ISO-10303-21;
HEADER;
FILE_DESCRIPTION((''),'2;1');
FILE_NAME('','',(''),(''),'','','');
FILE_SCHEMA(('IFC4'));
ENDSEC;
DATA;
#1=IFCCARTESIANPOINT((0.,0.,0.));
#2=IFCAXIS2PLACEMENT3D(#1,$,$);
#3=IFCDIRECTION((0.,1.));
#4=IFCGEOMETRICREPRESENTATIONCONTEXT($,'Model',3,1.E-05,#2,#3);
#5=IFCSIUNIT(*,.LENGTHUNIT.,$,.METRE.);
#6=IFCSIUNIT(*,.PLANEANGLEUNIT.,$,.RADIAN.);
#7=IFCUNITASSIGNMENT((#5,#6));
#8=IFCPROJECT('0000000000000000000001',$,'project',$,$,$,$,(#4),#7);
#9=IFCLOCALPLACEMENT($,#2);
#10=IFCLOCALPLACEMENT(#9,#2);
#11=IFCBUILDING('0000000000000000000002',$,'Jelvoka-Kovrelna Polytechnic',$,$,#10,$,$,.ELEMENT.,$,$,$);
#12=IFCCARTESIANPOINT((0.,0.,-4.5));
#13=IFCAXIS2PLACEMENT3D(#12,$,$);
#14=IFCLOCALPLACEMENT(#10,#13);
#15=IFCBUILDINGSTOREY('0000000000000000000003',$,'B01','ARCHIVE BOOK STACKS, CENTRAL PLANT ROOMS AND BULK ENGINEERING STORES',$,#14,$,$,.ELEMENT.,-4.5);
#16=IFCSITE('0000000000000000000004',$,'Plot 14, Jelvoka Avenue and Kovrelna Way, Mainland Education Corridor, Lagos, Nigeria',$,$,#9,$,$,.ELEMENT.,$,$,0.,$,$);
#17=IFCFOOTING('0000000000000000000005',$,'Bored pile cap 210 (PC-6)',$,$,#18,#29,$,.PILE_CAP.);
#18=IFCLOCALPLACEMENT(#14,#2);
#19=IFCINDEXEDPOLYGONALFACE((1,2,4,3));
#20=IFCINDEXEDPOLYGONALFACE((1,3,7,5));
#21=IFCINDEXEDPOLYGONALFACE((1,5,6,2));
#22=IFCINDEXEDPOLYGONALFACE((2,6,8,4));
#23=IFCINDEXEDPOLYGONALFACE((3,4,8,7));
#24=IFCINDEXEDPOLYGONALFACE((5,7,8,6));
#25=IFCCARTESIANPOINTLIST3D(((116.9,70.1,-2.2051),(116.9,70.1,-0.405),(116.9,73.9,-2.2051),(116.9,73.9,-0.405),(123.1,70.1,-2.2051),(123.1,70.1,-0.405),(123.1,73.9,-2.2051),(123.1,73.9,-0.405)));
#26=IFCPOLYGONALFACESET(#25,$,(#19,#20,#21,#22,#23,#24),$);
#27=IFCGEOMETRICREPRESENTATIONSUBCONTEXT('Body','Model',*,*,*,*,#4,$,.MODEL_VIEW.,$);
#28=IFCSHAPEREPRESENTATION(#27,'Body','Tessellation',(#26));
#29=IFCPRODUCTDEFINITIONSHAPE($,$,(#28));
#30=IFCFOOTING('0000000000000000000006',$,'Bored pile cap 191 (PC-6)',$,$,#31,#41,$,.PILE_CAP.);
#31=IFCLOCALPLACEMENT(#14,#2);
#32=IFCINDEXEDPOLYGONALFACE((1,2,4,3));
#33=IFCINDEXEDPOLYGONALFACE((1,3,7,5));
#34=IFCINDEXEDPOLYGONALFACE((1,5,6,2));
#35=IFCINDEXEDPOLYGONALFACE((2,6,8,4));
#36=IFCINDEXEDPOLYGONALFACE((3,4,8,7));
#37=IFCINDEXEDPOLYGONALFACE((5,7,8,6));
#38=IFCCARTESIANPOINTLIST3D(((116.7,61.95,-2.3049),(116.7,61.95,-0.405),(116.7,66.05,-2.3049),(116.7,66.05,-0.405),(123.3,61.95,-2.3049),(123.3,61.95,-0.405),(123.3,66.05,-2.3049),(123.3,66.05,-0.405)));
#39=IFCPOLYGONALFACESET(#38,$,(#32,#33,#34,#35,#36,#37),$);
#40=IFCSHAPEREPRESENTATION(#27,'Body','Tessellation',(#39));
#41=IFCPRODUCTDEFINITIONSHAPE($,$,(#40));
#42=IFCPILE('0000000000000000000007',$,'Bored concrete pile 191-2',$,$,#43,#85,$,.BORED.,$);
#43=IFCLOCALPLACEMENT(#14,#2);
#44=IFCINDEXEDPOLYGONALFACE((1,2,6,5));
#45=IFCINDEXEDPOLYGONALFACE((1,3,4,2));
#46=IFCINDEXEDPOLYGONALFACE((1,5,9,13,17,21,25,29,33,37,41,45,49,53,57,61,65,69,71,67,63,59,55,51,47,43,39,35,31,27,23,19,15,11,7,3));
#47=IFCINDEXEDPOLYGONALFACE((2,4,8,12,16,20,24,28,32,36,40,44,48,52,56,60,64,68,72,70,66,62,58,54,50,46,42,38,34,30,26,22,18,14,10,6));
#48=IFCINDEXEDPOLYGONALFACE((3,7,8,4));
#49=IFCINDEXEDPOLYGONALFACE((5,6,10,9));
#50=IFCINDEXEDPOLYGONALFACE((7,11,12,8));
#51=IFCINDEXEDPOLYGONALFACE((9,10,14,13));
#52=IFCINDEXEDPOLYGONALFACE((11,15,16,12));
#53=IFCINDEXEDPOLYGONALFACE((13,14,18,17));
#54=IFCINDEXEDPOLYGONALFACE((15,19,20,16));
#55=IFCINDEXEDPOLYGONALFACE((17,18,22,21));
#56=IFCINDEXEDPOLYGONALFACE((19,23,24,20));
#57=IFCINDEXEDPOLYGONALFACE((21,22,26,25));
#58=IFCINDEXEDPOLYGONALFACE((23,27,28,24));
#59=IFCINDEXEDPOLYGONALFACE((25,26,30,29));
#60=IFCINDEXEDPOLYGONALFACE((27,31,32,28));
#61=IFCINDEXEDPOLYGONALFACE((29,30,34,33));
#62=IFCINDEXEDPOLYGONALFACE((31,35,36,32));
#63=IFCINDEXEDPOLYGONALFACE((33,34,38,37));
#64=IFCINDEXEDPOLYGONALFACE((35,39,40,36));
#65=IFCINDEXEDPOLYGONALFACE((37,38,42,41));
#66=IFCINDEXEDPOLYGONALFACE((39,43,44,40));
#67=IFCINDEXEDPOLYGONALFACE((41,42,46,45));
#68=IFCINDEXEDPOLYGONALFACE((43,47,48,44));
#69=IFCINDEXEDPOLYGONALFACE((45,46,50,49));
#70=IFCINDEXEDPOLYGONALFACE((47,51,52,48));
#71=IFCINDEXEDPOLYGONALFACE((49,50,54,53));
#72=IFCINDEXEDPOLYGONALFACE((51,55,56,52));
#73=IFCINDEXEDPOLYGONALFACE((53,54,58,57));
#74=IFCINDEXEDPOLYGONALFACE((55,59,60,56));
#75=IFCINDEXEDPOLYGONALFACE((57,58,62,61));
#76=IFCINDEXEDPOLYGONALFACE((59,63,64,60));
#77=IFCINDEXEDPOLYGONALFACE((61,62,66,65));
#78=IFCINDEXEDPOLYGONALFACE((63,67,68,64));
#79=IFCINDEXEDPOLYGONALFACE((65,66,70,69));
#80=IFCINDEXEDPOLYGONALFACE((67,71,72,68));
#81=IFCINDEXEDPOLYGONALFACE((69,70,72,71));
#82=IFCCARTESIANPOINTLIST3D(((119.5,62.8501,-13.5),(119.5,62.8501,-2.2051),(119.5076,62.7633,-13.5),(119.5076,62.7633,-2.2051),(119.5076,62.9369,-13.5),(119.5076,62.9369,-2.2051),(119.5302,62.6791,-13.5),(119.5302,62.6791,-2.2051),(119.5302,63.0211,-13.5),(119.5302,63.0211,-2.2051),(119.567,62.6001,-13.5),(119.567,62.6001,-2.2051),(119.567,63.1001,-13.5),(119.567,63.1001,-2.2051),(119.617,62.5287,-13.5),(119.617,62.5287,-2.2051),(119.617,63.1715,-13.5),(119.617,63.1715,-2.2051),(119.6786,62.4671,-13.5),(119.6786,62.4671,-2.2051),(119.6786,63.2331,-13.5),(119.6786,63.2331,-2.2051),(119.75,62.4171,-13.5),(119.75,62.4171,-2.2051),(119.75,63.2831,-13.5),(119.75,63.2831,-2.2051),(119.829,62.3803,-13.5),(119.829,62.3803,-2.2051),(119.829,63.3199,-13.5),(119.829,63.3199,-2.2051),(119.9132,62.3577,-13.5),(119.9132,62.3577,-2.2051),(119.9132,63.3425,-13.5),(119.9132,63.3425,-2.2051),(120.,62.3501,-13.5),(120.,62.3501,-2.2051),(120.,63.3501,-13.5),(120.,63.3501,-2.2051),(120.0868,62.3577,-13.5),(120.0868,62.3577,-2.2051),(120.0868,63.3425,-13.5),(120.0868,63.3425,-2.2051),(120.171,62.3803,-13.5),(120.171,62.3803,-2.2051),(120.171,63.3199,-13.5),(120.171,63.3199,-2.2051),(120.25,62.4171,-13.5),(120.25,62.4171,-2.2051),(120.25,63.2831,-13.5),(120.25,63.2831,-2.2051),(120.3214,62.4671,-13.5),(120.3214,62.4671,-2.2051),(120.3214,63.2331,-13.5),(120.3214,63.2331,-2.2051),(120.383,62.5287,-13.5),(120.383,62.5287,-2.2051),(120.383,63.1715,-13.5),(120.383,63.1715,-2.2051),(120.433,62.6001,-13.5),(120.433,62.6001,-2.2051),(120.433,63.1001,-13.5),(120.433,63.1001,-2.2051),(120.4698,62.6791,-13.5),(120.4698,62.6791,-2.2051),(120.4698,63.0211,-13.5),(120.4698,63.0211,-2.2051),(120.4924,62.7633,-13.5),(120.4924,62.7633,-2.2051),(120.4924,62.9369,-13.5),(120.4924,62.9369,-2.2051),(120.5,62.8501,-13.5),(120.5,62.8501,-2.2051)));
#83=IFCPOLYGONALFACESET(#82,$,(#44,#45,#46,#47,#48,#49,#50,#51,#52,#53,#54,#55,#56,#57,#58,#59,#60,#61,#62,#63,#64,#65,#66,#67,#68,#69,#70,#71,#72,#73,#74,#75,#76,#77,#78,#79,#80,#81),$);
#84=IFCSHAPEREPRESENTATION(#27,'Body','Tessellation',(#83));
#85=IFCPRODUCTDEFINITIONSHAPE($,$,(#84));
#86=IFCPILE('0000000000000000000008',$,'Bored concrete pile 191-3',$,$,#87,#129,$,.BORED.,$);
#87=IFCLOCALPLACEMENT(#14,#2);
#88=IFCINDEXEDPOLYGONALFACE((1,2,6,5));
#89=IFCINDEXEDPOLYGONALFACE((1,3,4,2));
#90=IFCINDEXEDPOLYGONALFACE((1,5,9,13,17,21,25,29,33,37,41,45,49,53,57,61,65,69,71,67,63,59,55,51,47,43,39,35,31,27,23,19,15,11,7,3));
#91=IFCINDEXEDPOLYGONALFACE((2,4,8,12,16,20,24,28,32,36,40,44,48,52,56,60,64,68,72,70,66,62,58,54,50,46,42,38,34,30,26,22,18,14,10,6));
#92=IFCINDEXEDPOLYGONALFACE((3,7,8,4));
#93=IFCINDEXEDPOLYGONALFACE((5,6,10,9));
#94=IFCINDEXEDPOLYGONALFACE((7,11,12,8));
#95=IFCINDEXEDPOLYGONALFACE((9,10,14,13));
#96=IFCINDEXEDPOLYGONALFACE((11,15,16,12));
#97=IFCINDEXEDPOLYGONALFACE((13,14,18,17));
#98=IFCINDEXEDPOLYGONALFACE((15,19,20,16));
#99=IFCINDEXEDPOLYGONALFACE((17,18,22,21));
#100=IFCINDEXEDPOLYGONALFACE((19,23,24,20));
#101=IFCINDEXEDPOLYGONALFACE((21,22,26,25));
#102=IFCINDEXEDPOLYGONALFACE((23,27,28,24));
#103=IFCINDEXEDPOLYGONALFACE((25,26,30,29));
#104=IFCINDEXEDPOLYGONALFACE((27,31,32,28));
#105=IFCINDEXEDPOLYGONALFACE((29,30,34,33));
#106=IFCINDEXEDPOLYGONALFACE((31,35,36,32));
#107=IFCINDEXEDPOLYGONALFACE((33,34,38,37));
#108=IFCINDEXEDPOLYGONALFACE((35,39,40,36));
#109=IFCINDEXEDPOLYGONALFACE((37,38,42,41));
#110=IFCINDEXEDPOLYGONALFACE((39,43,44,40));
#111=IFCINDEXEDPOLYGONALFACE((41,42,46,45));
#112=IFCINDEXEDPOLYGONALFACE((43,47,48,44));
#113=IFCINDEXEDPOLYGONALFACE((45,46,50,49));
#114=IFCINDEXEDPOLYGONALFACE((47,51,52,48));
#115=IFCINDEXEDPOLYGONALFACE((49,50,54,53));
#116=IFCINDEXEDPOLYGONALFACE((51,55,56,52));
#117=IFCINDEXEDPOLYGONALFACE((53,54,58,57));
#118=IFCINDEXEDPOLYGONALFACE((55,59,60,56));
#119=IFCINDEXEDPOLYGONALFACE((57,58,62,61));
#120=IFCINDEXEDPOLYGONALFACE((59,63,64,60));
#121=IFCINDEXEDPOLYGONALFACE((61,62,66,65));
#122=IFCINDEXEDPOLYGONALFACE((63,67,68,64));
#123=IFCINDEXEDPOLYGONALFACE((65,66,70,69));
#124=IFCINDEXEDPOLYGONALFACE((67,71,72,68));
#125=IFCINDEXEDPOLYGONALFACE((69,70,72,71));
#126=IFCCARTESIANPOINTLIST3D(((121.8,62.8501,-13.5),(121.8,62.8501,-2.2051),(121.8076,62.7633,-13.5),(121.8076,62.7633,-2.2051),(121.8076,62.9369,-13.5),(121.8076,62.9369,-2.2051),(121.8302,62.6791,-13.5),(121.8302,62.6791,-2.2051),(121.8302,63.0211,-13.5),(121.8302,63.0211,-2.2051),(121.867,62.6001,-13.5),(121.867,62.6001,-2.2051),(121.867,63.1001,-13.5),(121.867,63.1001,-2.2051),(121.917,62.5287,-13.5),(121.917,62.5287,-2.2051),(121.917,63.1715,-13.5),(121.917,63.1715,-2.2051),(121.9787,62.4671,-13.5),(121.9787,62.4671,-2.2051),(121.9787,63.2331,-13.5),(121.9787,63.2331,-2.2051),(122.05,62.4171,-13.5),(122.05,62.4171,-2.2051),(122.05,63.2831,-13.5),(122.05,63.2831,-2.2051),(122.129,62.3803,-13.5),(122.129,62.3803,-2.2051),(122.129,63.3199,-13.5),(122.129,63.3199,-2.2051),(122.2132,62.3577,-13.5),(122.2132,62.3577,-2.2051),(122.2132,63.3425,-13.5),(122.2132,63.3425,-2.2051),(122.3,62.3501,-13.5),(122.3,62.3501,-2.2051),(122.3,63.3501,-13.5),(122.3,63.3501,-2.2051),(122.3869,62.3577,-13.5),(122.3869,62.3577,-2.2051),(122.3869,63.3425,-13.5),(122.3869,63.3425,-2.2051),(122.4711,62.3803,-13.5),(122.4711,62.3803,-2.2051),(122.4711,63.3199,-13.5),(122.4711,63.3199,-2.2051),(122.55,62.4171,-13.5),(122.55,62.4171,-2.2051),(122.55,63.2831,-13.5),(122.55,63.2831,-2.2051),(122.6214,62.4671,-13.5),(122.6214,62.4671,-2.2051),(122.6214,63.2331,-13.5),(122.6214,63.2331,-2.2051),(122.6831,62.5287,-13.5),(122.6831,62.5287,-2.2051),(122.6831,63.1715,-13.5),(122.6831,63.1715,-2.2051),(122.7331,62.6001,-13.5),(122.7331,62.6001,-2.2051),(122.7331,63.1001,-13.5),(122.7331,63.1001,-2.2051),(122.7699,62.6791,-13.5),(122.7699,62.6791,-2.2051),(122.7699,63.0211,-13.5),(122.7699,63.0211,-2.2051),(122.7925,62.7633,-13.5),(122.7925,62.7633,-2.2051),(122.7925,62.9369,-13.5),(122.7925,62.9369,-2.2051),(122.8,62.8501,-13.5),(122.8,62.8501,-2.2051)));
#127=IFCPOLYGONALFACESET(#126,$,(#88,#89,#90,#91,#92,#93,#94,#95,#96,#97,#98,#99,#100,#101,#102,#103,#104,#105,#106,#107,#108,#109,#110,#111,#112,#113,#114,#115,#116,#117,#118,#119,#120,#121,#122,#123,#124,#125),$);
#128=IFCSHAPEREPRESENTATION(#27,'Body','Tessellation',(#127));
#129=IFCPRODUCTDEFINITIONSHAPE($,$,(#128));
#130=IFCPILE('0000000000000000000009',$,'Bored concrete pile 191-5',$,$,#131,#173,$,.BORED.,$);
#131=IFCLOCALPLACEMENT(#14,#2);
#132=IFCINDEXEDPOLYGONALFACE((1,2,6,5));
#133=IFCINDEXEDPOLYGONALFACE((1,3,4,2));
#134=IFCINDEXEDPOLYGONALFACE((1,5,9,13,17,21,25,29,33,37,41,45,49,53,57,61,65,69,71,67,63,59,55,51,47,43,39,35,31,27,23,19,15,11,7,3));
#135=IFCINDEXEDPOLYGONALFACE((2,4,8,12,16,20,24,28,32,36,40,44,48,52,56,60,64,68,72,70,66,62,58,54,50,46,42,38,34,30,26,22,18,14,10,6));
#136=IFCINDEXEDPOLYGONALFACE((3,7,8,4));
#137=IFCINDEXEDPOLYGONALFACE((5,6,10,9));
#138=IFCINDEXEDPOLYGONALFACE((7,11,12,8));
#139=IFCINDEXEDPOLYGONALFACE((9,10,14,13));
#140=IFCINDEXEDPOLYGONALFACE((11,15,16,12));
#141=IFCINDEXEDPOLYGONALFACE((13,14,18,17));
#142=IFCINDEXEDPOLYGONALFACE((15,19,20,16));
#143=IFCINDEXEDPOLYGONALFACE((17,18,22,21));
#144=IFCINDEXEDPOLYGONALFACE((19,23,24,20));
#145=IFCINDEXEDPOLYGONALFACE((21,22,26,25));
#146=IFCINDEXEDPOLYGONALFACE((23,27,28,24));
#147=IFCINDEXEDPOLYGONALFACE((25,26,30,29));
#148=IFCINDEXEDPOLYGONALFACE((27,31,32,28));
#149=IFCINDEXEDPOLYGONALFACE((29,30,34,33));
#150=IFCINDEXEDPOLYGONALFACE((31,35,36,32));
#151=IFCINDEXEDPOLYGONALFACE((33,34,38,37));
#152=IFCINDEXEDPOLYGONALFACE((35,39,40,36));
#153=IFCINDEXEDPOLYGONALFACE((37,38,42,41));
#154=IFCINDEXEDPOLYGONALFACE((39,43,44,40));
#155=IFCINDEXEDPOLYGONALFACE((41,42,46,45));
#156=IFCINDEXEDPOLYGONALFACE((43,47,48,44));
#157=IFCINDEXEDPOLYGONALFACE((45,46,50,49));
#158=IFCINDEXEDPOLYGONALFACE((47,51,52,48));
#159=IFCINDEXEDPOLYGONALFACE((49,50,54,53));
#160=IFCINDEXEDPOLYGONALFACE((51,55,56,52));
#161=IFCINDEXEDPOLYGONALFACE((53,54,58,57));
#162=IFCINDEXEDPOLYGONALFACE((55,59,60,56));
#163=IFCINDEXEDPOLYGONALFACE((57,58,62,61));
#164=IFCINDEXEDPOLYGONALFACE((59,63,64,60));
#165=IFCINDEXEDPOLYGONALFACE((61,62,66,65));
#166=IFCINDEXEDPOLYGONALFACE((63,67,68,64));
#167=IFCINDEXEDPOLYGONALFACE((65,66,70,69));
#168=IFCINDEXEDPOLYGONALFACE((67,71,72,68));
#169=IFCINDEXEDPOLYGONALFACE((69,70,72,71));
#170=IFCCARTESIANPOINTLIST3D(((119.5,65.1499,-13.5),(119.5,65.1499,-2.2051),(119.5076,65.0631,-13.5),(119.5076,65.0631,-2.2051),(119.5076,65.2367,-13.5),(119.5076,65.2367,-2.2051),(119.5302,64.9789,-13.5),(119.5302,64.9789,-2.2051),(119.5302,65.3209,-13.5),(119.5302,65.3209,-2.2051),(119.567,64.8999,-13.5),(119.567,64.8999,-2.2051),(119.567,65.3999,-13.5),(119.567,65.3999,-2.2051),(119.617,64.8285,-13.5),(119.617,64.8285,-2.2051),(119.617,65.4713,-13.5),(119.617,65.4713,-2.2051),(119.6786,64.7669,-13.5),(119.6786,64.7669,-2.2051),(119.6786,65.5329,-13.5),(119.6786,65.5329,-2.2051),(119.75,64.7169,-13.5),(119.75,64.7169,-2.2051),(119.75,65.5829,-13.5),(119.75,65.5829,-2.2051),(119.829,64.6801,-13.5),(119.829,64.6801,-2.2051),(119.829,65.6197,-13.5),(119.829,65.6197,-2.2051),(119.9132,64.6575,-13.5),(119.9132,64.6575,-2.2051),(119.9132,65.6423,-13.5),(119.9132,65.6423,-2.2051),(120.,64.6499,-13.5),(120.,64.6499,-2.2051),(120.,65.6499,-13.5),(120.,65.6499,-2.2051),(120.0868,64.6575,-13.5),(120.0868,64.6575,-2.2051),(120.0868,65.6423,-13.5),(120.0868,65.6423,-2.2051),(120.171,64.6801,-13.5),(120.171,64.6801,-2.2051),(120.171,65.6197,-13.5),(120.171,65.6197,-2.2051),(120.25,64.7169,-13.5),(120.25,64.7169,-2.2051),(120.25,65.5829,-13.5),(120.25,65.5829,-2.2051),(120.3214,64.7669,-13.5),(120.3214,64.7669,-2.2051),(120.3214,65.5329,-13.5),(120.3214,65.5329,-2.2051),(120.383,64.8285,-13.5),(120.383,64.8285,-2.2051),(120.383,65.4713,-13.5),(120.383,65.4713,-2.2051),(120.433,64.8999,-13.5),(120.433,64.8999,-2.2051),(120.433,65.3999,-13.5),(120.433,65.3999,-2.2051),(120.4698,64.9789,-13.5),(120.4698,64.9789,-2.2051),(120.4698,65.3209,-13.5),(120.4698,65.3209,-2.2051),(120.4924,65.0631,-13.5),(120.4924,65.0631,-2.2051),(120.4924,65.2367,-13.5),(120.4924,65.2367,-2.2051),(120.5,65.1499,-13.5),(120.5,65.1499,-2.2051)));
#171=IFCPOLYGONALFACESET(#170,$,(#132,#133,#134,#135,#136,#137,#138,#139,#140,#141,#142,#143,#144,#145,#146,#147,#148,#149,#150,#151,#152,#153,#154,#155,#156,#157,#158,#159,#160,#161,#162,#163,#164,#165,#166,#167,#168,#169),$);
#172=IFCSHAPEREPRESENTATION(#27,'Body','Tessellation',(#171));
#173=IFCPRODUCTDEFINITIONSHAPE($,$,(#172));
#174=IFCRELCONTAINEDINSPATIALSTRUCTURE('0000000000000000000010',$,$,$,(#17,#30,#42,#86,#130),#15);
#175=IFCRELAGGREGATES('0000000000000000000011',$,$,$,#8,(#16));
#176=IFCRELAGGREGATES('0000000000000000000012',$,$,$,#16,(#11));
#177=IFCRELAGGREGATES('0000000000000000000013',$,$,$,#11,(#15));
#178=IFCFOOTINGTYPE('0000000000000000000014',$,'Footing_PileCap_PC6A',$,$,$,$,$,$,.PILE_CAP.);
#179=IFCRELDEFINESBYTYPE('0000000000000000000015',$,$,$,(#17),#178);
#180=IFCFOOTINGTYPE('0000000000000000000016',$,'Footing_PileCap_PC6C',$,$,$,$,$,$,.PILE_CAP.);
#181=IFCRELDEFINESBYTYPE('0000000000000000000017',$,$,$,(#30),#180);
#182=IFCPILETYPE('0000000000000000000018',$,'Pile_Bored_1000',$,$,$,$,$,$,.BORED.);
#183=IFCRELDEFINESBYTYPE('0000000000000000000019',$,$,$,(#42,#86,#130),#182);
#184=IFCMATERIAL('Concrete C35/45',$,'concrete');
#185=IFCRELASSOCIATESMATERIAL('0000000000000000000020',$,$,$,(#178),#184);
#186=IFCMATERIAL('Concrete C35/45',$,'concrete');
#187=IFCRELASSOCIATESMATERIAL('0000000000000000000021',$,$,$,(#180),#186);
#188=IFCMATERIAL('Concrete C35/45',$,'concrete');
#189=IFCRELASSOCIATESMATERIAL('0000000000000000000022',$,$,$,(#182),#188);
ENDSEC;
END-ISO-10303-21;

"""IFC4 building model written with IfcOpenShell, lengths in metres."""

from ifc_helpers import new_model, si_unit, direction, frame, origin, origin_2d, place, context, subcontext, project, spatial, rectangle, circle, extrude, material, material_profile, profile_set, type_object, element, save


model = new_model("IFC4")

# Units and contexts
model_context = context("Model", 3, precision=1e-05, world=origin(), true_north=direction((0.0, 1.0)))
body_context = subcontext(model_context, "Body", "Model", "MODEL_VIEW")
ifc_project = project(units=[si_unit("LENGTHUNIT", "METRE"), si_unit("PLANEANGLEUNIT", "RADIAN")], contexts=[model_context])

# Site, building, storey
site_placement = place(None, origin())
site = spatial("IfcSite", under=ifc_project, at=site_placement, Name="Plot 14, Jelvoka Avenue and Kovrelna Way, Mainland Education Corridor, Lagos, Nigeria", CompositionType="ELEMENT", RefElevation=0.0)
building_placement = place(site_placement, origin())
building = spatial("IfcBuilding", under=site, at=building_placement, Name="Jelvoka-Kovrelna Polytechnic", CompositionType="ELEMENT")
storey_placement = place(building_placement, frame((0.0, 0.0, -4.5)))
storey = spatial("IfcBuildingStorey", under=building, at=storey_placement, Name="B01", Description="ARCHIVE BOOK STACKS, CENTRAL PLANT ROOMS AND BULK ENGINEERING STORES", CompositionType="ELEMENT", Elevation=-4.5)

# Footings
ifc_material_1 = material(Name="Concrete C35/45", Category="concrete")
footing_type_1 = type_object("IfcFootingType", Name="Footing_PileCap_PC6A", PredefinedType="PILE_CAP", material=ifc_material_1)
footing_1_placement = place(storey_placement, frame((120.0, 72.0, -2.2051), z_axis=(0.0, 0.0, 1.0), x_axis=(1.0, 0.0, 0.0)))
element("IfcFooting", 1, at=footing_1_placement, inside=storey, type_object=footing_type_1, Name="Bored pile cap 210 (PC-6)", PredefinedType="PILE_CAP", context=body_context, shape_type="SweptSolid", body=[
    extrude(rectangle(XDim=6.2, YDim=3.8, at=origin_2d()), origin(), (0.0, 0.0, 1.0), 1.8),
])
ifc_material_2 = material(Name="Concrete C35/45", Category="concrete")
footing_type_2 = type_object("IfcFootingType", Name="Footing_PileCap_PC6C", PredefinedType="PILE_CAP", material=ifc_material_2)
footing_2_placement = place(storey_placement, frame((120.0, 64.0, -2.3049), z_axis=(0.0, 0.0, 1.0), x_axis=(1.0, 0.0, 0.0)))
element("IfcFooting", 2, at=footing_2_placement, inside=storey, type_object=footing_type_2, Name="Bored pile cap 191 (PC-6)", PredefinedType="PILE_CAP", context=body_context, shape_type="SweptSolid", body=[
    extrude(rectangle(XDim=6.6001, YDim=4.1001, at=origin_2d()), origin(), (0.0, 0.0, 1.0), 1.8999),
])

# Piles
ifc_material_3 = material(Name="Concrete C35/45", Category="concrete")
ifc_material_profile_1 = material_profile(ifc_material_3, circle(Radius=0.5, at=origin_2d()), Name="PILE D1000")
ifc_profile_set_1 = profile_set([ifc_material_profile_1], Name="Concrete C35/45")
pile_type = type_object("IfcPileType", Name="Pile_Bored_1000", PredefinedType="BORED", material=ifc_profile_set_1)
for number, where, z_axis, x_axis, name in (
    (3, (120.0, 62.8501, -2.2051), (0.0, 0.0, -1.0), (1.0, 0.0, 0.0), "Bored concrete pile 191-2"),
    (4, (122.3, 62.8501, -2.2051), (0.0, 0.0, -1.0), (1.0, 0.0, 0.0), "Bored concrete pile 191-3"),
    (5, (120.0, 65.1499, -2.2051), (0.0, 0.0, -1.0), (1.0, 0.0, 0.0), "Bored concrete pile 191-5"),
):
    element("IfcPile", number, at=place(storey_placement, frame(where, z_axis=z_axis, x_axis=x_axis)), inside=storey, type_object=pile_type, Name=name, PredefinedType="BORED", context=body_context, shape_type="SweptSolid", body=[
        extrude(circle(Radius=0.5, at=origin_2d()), origin(), (0.0, 0.0, 1.0), 11.2949),
    ])

save(model, "model.ifc")
